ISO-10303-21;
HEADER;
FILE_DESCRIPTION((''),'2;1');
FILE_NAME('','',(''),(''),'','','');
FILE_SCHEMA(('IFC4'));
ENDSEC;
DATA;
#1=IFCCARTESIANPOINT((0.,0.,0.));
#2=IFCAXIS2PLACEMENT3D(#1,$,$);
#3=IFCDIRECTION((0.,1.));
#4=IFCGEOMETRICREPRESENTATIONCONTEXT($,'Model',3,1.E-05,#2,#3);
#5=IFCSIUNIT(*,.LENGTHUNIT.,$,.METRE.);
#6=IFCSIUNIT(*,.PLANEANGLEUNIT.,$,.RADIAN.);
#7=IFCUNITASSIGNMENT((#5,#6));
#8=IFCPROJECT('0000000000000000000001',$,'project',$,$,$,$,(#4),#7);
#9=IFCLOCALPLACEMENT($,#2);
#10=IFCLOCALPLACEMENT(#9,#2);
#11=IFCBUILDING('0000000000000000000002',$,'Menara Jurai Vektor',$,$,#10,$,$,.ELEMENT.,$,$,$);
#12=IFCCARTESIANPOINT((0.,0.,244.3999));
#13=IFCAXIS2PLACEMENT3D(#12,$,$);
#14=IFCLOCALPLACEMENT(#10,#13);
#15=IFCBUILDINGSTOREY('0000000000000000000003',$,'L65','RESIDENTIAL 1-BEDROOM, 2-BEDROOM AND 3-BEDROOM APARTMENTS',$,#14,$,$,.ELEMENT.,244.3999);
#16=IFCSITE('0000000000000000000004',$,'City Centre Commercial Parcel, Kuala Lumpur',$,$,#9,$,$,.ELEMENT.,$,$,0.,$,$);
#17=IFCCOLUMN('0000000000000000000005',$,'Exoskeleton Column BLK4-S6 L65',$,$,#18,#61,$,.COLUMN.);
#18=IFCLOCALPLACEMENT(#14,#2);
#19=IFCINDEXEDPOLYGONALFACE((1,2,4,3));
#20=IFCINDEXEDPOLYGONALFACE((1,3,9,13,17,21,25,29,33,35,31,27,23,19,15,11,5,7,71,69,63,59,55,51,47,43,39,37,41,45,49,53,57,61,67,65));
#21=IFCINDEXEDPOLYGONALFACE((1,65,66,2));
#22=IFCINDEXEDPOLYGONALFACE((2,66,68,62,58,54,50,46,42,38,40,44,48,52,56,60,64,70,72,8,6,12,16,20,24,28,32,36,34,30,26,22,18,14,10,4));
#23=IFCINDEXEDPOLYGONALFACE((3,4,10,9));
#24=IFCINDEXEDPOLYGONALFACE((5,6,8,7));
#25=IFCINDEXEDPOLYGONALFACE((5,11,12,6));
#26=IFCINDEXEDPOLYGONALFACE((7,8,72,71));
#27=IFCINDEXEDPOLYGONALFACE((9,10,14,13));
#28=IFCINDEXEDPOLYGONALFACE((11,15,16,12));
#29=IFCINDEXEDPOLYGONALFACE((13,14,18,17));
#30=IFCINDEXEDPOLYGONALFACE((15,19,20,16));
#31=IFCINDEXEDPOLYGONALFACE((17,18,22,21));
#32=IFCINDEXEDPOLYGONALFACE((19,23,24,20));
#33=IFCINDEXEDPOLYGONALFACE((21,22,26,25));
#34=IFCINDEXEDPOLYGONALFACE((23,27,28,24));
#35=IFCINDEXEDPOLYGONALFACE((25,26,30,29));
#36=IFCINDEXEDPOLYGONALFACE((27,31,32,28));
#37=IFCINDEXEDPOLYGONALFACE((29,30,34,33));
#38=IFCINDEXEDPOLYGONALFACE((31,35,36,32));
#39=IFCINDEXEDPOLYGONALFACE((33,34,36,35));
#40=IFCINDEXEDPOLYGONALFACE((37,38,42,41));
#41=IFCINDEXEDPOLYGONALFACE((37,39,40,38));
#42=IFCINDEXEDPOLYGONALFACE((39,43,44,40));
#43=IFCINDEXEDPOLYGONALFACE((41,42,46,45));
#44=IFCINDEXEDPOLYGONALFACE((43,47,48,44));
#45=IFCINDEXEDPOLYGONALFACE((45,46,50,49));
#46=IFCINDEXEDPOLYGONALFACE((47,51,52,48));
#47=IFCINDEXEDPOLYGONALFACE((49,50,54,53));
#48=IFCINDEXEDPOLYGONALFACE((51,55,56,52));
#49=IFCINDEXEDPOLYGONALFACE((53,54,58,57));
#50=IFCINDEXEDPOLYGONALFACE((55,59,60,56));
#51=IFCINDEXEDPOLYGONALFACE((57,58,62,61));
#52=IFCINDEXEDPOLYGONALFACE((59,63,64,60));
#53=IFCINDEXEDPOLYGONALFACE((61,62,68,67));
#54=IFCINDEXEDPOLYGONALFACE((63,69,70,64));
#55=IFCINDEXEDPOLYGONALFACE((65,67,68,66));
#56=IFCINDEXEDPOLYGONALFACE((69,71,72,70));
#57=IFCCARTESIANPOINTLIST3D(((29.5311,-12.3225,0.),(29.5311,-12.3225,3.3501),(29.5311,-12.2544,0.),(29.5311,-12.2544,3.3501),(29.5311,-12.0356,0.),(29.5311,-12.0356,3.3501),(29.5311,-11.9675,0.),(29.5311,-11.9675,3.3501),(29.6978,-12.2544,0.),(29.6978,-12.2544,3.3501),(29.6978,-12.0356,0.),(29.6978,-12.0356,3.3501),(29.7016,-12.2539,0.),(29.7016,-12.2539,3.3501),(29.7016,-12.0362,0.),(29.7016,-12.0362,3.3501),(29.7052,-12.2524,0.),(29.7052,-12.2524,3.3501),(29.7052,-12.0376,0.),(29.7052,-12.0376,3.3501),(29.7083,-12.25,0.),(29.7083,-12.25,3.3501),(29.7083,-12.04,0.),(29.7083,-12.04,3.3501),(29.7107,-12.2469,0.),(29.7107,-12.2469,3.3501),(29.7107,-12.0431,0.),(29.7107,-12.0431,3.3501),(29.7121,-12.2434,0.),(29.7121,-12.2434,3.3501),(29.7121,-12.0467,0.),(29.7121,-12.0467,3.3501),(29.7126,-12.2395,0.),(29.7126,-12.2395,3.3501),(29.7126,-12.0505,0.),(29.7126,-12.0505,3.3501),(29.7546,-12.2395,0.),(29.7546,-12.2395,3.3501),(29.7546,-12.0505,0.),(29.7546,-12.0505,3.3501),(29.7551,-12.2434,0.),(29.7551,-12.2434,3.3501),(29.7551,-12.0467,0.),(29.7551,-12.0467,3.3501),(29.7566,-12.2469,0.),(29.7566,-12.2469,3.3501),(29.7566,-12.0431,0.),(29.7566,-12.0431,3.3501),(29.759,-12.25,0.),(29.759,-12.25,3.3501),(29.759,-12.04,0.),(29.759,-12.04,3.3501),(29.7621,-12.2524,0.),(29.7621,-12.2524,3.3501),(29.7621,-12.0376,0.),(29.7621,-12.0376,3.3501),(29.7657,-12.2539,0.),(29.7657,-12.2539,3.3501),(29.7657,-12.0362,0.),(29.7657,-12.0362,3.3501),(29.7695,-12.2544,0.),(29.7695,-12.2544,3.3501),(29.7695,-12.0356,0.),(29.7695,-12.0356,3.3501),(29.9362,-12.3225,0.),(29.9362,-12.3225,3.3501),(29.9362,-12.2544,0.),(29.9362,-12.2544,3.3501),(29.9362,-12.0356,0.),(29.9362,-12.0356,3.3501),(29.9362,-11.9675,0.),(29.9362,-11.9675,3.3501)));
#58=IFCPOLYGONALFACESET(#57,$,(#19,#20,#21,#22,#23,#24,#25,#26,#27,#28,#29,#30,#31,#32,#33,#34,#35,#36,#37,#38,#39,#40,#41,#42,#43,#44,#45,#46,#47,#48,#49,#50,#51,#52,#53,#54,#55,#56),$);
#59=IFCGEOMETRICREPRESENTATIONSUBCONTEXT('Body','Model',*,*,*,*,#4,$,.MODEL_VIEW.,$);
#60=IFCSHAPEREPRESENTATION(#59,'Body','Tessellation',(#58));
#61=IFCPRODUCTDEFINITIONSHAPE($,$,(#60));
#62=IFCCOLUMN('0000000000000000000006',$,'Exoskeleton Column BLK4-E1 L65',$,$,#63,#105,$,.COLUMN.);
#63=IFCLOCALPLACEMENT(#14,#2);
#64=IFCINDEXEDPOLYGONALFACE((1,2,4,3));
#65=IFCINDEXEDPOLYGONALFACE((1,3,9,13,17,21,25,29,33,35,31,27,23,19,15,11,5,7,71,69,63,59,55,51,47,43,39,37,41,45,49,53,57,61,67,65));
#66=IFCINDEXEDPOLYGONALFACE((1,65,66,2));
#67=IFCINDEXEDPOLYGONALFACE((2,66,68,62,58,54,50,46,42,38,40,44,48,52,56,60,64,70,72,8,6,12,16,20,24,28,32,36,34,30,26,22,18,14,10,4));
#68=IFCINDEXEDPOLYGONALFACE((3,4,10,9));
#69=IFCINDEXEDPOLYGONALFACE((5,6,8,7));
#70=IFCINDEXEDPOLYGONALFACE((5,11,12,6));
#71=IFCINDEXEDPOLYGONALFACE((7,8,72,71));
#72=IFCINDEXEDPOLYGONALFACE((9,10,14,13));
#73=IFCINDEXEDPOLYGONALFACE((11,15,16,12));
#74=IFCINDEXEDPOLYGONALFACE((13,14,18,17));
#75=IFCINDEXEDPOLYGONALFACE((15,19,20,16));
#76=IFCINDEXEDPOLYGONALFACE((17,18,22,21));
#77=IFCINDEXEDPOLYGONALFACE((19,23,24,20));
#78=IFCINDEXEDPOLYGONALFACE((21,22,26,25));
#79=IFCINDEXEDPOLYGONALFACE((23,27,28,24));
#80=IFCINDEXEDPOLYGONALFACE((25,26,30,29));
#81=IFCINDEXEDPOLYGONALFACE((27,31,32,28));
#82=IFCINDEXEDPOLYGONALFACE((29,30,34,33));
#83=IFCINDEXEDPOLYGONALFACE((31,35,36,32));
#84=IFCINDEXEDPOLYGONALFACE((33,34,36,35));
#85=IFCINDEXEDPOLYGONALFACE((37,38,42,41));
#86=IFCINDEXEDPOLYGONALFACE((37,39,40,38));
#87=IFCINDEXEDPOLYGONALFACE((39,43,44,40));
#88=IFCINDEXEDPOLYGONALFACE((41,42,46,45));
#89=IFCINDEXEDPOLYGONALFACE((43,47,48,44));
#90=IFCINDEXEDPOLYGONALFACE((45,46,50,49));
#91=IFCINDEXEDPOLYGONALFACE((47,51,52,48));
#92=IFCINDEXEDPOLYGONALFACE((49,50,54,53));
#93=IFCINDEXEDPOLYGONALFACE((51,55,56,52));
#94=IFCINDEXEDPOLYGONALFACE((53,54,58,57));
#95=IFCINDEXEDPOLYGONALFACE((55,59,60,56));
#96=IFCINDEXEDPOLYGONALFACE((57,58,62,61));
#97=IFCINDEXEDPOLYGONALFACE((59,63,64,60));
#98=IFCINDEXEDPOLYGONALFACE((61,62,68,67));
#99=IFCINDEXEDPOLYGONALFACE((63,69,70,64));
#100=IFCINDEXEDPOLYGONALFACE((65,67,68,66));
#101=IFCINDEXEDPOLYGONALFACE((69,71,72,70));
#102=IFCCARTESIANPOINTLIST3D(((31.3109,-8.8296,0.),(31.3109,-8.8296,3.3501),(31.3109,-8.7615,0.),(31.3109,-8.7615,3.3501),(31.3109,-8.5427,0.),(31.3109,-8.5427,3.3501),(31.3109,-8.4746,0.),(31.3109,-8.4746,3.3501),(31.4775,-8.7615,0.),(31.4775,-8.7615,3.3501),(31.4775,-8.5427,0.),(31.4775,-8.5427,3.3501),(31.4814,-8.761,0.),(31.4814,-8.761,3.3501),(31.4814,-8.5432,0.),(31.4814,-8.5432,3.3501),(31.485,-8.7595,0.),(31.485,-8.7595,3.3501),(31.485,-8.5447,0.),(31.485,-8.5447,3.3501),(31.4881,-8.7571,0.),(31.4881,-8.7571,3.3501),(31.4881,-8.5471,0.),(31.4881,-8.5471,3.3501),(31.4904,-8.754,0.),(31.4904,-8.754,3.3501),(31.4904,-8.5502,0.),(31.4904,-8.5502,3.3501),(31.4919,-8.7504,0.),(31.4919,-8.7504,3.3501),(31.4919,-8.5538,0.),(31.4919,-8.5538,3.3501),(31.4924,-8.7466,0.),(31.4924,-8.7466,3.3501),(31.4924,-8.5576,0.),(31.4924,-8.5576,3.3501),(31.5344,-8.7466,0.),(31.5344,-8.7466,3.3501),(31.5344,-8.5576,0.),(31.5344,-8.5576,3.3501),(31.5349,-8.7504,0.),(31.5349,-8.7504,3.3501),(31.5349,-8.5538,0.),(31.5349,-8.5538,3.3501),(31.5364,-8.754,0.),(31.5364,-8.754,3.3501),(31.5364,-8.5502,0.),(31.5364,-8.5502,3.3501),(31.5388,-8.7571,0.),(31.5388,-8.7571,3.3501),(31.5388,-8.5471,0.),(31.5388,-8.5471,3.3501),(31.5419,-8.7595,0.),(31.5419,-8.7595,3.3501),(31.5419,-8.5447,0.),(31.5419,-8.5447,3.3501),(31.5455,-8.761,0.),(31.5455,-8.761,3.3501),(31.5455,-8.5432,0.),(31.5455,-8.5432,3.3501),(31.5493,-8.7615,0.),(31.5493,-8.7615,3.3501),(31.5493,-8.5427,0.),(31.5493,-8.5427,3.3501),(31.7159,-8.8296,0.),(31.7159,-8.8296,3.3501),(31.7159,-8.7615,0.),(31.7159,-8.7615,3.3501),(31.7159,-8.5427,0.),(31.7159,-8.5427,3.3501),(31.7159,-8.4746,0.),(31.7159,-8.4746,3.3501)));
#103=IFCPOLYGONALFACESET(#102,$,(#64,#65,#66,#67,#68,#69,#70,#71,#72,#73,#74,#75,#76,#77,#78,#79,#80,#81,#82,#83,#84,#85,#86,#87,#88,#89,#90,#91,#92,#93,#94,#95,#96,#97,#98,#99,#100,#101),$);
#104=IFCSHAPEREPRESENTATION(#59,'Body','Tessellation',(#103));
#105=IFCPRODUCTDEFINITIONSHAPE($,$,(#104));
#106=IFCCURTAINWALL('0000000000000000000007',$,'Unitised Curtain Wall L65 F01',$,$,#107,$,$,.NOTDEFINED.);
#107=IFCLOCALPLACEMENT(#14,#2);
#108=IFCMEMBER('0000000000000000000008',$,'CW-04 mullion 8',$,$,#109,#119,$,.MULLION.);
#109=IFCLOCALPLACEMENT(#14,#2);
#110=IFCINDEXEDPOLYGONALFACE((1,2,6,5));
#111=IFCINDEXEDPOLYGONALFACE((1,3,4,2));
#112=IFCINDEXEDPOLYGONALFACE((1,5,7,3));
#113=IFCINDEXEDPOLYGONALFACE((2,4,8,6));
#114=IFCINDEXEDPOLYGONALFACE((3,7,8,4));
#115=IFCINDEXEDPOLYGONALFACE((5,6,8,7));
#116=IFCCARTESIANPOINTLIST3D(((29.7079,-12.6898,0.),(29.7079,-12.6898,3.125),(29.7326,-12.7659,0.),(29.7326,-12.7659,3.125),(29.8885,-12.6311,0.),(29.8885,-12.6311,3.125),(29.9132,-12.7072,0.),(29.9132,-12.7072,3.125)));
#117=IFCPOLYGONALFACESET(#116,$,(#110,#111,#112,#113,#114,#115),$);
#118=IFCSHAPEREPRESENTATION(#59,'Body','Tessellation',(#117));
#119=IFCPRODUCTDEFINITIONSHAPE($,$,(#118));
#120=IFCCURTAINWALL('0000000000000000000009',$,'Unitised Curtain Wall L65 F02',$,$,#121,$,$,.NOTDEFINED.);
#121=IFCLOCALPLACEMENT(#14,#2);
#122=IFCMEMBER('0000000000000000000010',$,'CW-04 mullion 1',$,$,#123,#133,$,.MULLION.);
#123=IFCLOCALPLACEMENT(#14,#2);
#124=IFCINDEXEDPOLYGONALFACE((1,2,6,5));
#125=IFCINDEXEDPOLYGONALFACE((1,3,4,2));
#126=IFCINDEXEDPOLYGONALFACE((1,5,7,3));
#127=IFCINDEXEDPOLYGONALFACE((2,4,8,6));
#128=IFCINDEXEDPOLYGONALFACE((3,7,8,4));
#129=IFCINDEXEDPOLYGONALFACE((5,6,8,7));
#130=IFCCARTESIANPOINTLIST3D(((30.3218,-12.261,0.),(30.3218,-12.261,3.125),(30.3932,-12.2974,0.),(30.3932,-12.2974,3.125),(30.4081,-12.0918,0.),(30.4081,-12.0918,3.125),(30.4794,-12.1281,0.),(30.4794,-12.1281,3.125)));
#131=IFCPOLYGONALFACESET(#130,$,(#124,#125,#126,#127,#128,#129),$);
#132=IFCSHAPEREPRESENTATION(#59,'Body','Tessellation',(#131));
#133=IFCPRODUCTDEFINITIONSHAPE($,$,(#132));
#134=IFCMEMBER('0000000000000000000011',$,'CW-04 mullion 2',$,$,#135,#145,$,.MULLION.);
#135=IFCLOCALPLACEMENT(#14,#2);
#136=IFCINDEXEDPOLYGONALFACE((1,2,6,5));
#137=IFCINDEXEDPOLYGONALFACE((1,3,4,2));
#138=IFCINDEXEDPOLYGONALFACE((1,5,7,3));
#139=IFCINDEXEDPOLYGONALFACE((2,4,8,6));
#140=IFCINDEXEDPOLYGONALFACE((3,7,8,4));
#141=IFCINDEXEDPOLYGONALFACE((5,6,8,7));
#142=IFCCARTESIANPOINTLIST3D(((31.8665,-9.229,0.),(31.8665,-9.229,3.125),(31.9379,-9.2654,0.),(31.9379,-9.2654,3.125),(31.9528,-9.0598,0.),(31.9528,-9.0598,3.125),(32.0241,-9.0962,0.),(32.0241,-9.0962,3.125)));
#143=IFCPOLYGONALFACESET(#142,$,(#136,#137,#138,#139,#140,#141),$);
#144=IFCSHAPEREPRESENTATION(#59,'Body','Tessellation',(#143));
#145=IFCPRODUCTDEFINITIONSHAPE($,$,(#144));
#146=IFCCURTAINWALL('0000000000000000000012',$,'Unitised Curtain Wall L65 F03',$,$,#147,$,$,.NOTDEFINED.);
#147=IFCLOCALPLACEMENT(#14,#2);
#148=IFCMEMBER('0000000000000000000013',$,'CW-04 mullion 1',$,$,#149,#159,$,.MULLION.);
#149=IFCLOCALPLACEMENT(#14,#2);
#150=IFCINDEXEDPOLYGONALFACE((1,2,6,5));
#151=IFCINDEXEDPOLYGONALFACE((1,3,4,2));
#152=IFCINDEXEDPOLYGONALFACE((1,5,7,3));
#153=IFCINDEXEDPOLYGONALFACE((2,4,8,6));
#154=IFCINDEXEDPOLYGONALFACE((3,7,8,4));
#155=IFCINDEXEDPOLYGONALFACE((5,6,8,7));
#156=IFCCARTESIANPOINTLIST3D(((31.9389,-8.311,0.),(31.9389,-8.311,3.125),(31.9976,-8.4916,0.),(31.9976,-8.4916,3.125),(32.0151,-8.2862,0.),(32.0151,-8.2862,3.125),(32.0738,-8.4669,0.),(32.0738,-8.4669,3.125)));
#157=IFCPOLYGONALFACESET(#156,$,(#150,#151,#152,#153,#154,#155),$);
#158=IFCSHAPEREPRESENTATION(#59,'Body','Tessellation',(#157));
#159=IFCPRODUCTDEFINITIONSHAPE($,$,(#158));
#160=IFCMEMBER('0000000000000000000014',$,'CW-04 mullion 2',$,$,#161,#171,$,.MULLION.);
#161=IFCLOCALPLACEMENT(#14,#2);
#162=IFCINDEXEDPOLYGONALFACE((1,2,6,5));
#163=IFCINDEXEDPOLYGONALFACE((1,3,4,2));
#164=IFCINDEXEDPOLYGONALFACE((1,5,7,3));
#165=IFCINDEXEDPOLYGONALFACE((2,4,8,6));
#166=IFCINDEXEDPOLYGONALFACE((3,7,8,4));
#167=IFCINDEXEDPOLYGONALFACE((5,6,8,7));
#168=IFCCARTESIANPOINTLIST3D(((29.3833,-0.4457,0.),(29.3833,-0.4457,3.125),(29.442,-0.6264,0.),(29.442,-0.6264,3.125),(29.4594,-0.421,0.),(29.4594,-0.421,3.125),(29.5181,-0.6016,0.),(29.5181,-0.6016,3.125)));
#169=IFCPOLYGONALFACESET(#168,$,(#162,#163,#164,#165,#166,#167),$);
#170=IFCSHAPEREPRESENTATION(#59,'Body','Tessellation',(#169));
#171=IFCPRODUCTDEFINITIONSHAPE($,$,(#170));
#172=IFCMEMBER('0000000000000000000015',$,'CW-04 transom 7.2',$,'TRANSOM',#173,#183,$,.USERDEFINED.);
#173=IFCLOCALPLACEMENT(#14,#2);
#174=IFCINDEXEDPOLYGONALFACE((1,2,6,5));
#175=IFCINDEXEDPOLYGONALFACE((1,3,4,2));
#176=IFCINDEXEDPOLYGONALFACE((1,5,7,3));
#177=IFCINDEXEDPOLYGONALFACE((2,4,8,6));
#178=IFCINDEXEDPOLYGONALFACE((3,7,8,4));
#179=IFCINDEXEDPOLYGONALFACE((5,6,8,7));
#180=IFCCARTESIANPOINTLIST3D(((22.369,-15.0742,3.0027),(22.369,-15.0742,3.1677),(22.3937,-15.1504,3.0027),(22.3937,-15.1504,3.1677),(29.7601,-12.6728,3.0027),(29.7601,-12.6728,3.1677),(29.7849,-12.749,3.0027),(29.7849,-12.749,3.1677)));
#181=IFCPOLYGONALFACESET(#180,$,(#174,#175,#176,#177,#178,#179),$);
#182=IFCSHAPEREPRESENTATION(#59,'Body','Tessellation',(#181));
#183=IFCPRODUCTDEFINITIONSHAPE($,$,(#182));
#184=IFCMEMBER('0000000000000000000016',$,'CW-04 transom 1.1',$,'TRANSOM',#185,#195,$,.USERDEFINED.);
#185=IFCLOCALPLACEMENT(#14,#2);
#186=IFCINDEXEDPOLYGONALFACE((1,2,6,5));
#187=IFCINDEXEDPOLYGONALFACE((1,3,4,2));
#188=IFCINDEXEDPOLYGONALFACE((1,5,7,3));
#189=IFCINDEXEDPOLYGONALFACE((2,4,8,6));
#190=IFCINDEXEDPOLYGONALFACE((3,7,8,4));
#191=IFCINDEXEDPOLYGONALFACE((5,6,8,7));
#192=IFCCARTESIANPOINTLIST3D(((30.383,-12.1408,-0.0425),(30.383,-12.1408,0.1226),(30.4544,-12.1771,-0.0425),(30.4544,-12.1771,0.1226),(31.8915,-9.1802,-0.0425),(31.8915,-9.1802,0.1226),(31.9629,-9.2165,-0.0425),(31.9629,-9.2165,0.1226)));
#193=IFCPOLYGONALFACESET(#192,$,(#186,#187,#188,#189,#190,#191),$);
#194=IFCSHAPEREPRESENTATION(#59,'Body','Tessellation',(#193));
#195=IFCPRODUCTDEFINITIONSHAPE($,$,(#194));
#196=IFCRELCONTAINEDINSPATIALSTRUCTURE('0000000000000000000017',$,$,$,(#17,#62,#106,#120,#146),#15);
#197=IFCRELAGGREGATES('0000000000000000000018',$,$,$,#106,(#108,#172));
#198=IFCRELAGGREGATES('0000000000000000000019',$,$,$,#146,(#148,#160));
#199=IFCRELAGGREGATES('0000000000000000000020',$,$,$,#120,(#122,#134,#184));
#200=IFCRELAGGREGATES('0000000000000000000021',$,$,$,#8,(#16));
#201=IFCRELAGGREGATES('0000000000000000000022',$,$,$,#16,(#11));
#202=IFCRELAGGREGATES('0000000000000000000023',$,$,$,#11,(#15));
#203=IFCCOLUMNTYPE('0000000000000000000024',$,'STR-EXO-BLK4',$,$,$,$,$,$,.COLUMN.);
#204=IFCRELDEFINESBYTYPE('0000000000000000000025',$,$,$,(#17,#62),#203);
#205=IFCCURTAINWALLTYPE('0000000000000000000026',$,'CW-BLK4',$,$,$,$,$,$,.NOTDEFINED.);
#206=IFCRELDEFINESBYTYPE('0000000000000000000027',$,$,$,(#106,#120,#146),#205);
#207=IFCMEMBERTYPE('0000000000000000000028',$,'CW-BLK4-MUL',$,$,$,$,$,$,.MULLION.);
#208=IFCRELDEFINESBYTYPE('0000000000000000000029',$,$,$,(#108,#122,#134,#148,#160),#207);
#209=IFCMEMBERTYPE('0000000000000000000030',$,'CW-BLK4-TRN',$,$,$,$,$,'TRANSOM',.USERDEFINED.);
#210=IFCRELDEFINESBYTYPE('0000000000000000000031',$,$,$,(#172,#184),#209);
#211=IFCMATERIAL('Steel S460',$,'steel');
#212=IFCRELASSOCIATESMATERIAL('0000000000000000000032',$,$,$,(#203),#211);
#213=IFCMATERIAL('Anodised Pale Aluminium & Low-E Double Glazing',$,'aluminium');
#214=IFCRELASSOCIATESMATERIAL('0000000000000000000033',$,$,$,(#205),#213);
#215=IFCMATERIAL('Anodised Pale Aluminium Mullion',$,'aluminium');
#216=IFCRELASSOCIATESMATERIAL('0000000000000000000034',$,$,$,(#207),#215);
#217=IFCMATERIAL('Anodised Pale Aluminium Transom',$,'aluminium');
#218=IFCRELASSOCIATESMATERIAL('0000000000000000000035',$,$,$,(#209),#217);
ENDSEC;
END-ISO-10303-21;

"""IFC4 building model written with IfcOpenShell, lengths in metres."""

from ifc_helpers import new_model, si_unit, direction, frame, origin, origin_2d, place, context, subcontext, project, spatial, rectangle, i_section, extrude, material, material_profile, profile_set, type_object, element, aggregate, save


model = new_model("IFC4")

# Units and contexts
model_context = context("Model", 3, precision=1e-05, world=origin(), true_north=direction((0.0, 1.0)))
body_context = subcontext(model_context, "Body", "Model", "MODEL_VIEW")
ifc_project = project(units=[si_unit("LENGTHUNIT", "METRE"), si_unit("PLANEANGLEUNIT", "RADIAN")], contexts=[model_context])

# Site, building, storey
site_placement = place(None, origin())
site = spatial("IfcSite", under=ifc_project, at=site_placement, Name="City Centre Commercial Parcel, Kuala Lumpur", CompositionType="ELEMENT", RefElevation=0.0)
building_placement = place(site_placement, origin())
building = spatial("IfcBuilding", under=site, at=building_placement, Name="Menara Jurai Vektor", CompositionType="ELEMENT")
storey_placement = place(building_placement, frame((0.0, 0.0, 244.3999)))
storey = spatial("IfcBuildingStorey", under=building, at=storey_placement, Name="L65", Description="RESIDENTIAL 1-BEDROOM, 2-BEDROOM AND 3-BEDROOM APARTMENTS", CompositionType="ELEMENT", Elevation=244.3999)

# Columns
ifc_material_1 = material(Name="Steel S460", Category="steel")
ifc_material_profile_1 = material_profile(ifc_material_1, i_section(OverallWidth=0.405, OverallDepth=0.355, WebThickness=0.042, FlangeThickness=0.0681, FilletRadius=0.0149, at=origin_2d()), Name="HD 400x551")
ifc_profile_set_1 = profile_set([ifc_material_profile_1], Name="Steel S460")
column_type = type_object("IfcColumnType", Name="STR-EXO-BLK4", PredefinedType="COLUMN", material=ifc_profile_set_1)
for number, where, z_axis, x_axis, name in (
    (1, (29.7336, -12.145, 0.0), (0.0, 0.0, 1.0), (1.0, 0.0, 0.0), "Exoskeleton Column BLK4-S6 L65"),
    (2, (31.5134, -8.6521, 0.0), (0.0, 0.0, 1.0), (1.0, 0.0, 0.0), "Exoskeleton Column BLK4-E1 L65"),
):
    element("IfcColumn", number, at=place(storey_placement, frame(where, z_axis=z_axis, x_axis=x_axis)), inside=storey, type_object=column_type, Name=name, PredefinedType="COLUMN", context=body_context, shape_type="SweptSolid", body=[
        extrude(i_section(OverallWidth=0.405, OverallDepth=0.355, WebThickness=0.042, FlangeThickness=0.0681, FilletRadius=0.0149, at=origin_2d()), origin(), (0.0, 0.0, 1.0), 3.3501),
    ])

# Curtain wall, member
ifc_material_2 = material(Name="Anodised Pale Aluminium & Low-E Double Glazing", Category="aluminium")
curtain_wall_type = type_object("IfcCurtainWallType", Name="CW-BLK4", PredefinedType="NOTDEFINED", material=ifc_material_2)
curtain_wall_1_placement = place(storey_placement, origin())
curtain_wall_1 = element("IfcCurtainWall", 3, at=curtain_wall_1_placement, inside=storey, type_object=curtain_wall_type, Name="Unitised Curtain Wall L65 F01", PredefinedType="NOTDEFINED")
ifc_material_3 = material(Name="Anodised Pale Aluminium Mullion", Category="aluminium")
ifc_material_profile_2 = material_profile(ifc_material_3, rectangle(XDim=0.0801, YDim=0.1899, at=origin_2d()), Name="ALU MUL 80x190")
ifc_profile_set_2 = profile_set([ifc_material_profile_2], Name="Anodised Pale Aluminium Mullion")
member_type_1 = type_object("IfcMemberType", Name="CW-BLK4-MUL", PredefinedType="MULLION", material=ifc_profile_set_2)
member_1_placement = place(storey_placement, frame((29.8105, -12.6985, 0.0), z_axis=(0.0, 0.0, 1.0), x_axis=(-0.309017, 0.951056, 0.0)))
member_1 = element("IfcMember", 4, at=member_1_placement, type_object=member_type_1, Name="CW-04 mullion 8", PredefinedType="MULLION", context=body_context, shape_type="SweptSolid", body=[
    extrude(rectangle(XDim=0.0801, YDim=0.1899, at=origin_2d()), origin(), (0.0, 0.0, 1.0), 3.125),
])

# Curtain walls, members
curtain_wall_2_placement = place(storey_placement, origin())
curtain_wall_2 = element("IfcCurtainWall", 5, at=curtain_wall_2_placement, inside=storey, type_object=curtain_wall_type, Name="Unitised Curtain Wall L65 F02", PredefinedType="NOTDEFINED")
member_2_placement = place(storey_placement, frame((30.4006, -12.1946, 0.0), z_axis=(0.0, 0.0, 1.0), x_axis=(-0.891008, 0.453989, 0.0)))
member_2 = element("IfcMember", 6, at=member_2_placement, type_object=member_type_1, Name="CW-04 mullion 1", PredefinedType="MULLION", context=body_context, shape_type="SweptSolid", body=[
    extrude(rectangle(XDim=0.0801, YDim=0.1899, at=origin_2d()), origin(), (0.0, 0.0, 1.0), 3.125),
])
member_3_placement = place(storey_placement, frame((31.9453, -9.1626, 0.0), z_axis=(0.0, 0.0, 1.0), x_axis=(-0.891008, 0.453989, 0.0)))
member_3 = element("IfcMember", 7, at=member_3_placement, type_object=member_type_1, Name="CW-04 mullion 2", PredefinedType="MULLION", context=body_context, shape_type="SweptSolid", body=[
    extrude(rectangle(XDim=0.0801, YDim=0.1899, at=origin_2d()), origin(), (0.0, 0.0, 1.0), 3.125),
])
curtain_wall_3_placement = place(storey_placement, origin())
curtain_wall_3 = element("IfcCurtainWall", 8, at=curtain_wall_3_placement, inside=storey, type_object=curtain_wall_type, Name="Unitised Curtain Wall L65 F03", PredefinedType="NOTDEFINED")
member_4_placement = place(storey_placement, frame((32.0063, -8.3889, 0.0), z_axis=(0.0, 0.0, 1.0), x_axis=(-0.951057, -0.309016, 0.0)))
member_4 = element("IfcMember", 9, at=member_4_placement, type_object=member_type_1, Name="CW-04 mullion 1", PredefinedType="MULLION", context=body_context, shape_type="SweptSolid", body=[
    extrude(rectangle(XDim=0.0801, YDim=0.1899, at=origin_2d()), origin(), (0.0, 0.0, 1.0), 3.125),
])
member_5_placement = place(storey_placement, frame((29.4507, -0.5237, 0.0), z_axis=(0.0, 0.0, 1.0), x_axis=(-0.951057, -0.309016, 0.0)))
member_5 = element("IfcMember", 10, at=member_5_placement, type_object=member_type_1, Name="CW-04 mullion 2", PredefinedType="MULLION", context=body_context, shape_type="SweptSolid", body=[
    extrude(rectangle(XDim=0.0801, YDim=0.1899, at=origin_2d()), origin(), (0.0, 0.0, 1.0), 3.125),
])

# Members
ifc_material_4 = material(Name="Anodised Pale Aluminium Transom", Category="aluminium")
ifc_material_profile_3 = material_profile(ifc_material_4, rectangle(XDim=0.0801, YDim=0.165, at=origin_2d()), Name="ALU TRN 80x165")
ifc_profile_set_3 = profile_set([ifc_material_profile_3], Name="Anodised Pale Aluminium Transom")
member_type_2 = type_object("IfcMemberType", Name="CW-BLK4-TRN", ElementType="TRANSOM", PredefinedType="USERDEFINED", material=ifc_profile_set_3)
member_6_placement = place(storey_placement, frame((22.3813, -15.1123, 3.0852), z_axis=(0.951062, 0.308999, 0.0), x_axis=(-0.308999, 0.951062, 0.0)))
member_6 = element("IfcMember", 11, at=member_6_placement, type_object=member_type_2, Name="CW-04 transom 7.2", ObjectType="TRANSOM", PredefinedType="USERDEFINED", context=body_context, shape_type="SweptSolid", body=[
    extrude(rectangle(XDim=0.0801, YDim=0.165, at=origin_2d()), origin(), (0.0, 0.0, 1.0), 7.7715),
])
member_7_placement = place(storey_placement, frame((30.4187, -12.1589, 0.04), z_axis=(0.45399, 0.891007, 0.0), x_axis=(-0.891007, 0.45399, 0.0)))
member_7 = element("IfcMember", 12, at=member_7_placement, type_object=member_type_2, Name="CW-04 transom 1.1", ObjectType="TRANSOM", PredefinedType="USERDEFINED", context=body_context, shape_type="SweptSolid", body=[
    extrude(rectangle(XDim=0.0801, YDim=0.165, at=origin_2d()), origin(), (0.0, 0.0, 1.0), 3.3228),
])

aggregate(curtain_wall_1, [member_1, member_6])
aggregate(curtain_wall_3, [member_4, member_5])
aggregate(curtain_wall_2, [member_2, member_3, member_7])

save(model, "model.ifc")
